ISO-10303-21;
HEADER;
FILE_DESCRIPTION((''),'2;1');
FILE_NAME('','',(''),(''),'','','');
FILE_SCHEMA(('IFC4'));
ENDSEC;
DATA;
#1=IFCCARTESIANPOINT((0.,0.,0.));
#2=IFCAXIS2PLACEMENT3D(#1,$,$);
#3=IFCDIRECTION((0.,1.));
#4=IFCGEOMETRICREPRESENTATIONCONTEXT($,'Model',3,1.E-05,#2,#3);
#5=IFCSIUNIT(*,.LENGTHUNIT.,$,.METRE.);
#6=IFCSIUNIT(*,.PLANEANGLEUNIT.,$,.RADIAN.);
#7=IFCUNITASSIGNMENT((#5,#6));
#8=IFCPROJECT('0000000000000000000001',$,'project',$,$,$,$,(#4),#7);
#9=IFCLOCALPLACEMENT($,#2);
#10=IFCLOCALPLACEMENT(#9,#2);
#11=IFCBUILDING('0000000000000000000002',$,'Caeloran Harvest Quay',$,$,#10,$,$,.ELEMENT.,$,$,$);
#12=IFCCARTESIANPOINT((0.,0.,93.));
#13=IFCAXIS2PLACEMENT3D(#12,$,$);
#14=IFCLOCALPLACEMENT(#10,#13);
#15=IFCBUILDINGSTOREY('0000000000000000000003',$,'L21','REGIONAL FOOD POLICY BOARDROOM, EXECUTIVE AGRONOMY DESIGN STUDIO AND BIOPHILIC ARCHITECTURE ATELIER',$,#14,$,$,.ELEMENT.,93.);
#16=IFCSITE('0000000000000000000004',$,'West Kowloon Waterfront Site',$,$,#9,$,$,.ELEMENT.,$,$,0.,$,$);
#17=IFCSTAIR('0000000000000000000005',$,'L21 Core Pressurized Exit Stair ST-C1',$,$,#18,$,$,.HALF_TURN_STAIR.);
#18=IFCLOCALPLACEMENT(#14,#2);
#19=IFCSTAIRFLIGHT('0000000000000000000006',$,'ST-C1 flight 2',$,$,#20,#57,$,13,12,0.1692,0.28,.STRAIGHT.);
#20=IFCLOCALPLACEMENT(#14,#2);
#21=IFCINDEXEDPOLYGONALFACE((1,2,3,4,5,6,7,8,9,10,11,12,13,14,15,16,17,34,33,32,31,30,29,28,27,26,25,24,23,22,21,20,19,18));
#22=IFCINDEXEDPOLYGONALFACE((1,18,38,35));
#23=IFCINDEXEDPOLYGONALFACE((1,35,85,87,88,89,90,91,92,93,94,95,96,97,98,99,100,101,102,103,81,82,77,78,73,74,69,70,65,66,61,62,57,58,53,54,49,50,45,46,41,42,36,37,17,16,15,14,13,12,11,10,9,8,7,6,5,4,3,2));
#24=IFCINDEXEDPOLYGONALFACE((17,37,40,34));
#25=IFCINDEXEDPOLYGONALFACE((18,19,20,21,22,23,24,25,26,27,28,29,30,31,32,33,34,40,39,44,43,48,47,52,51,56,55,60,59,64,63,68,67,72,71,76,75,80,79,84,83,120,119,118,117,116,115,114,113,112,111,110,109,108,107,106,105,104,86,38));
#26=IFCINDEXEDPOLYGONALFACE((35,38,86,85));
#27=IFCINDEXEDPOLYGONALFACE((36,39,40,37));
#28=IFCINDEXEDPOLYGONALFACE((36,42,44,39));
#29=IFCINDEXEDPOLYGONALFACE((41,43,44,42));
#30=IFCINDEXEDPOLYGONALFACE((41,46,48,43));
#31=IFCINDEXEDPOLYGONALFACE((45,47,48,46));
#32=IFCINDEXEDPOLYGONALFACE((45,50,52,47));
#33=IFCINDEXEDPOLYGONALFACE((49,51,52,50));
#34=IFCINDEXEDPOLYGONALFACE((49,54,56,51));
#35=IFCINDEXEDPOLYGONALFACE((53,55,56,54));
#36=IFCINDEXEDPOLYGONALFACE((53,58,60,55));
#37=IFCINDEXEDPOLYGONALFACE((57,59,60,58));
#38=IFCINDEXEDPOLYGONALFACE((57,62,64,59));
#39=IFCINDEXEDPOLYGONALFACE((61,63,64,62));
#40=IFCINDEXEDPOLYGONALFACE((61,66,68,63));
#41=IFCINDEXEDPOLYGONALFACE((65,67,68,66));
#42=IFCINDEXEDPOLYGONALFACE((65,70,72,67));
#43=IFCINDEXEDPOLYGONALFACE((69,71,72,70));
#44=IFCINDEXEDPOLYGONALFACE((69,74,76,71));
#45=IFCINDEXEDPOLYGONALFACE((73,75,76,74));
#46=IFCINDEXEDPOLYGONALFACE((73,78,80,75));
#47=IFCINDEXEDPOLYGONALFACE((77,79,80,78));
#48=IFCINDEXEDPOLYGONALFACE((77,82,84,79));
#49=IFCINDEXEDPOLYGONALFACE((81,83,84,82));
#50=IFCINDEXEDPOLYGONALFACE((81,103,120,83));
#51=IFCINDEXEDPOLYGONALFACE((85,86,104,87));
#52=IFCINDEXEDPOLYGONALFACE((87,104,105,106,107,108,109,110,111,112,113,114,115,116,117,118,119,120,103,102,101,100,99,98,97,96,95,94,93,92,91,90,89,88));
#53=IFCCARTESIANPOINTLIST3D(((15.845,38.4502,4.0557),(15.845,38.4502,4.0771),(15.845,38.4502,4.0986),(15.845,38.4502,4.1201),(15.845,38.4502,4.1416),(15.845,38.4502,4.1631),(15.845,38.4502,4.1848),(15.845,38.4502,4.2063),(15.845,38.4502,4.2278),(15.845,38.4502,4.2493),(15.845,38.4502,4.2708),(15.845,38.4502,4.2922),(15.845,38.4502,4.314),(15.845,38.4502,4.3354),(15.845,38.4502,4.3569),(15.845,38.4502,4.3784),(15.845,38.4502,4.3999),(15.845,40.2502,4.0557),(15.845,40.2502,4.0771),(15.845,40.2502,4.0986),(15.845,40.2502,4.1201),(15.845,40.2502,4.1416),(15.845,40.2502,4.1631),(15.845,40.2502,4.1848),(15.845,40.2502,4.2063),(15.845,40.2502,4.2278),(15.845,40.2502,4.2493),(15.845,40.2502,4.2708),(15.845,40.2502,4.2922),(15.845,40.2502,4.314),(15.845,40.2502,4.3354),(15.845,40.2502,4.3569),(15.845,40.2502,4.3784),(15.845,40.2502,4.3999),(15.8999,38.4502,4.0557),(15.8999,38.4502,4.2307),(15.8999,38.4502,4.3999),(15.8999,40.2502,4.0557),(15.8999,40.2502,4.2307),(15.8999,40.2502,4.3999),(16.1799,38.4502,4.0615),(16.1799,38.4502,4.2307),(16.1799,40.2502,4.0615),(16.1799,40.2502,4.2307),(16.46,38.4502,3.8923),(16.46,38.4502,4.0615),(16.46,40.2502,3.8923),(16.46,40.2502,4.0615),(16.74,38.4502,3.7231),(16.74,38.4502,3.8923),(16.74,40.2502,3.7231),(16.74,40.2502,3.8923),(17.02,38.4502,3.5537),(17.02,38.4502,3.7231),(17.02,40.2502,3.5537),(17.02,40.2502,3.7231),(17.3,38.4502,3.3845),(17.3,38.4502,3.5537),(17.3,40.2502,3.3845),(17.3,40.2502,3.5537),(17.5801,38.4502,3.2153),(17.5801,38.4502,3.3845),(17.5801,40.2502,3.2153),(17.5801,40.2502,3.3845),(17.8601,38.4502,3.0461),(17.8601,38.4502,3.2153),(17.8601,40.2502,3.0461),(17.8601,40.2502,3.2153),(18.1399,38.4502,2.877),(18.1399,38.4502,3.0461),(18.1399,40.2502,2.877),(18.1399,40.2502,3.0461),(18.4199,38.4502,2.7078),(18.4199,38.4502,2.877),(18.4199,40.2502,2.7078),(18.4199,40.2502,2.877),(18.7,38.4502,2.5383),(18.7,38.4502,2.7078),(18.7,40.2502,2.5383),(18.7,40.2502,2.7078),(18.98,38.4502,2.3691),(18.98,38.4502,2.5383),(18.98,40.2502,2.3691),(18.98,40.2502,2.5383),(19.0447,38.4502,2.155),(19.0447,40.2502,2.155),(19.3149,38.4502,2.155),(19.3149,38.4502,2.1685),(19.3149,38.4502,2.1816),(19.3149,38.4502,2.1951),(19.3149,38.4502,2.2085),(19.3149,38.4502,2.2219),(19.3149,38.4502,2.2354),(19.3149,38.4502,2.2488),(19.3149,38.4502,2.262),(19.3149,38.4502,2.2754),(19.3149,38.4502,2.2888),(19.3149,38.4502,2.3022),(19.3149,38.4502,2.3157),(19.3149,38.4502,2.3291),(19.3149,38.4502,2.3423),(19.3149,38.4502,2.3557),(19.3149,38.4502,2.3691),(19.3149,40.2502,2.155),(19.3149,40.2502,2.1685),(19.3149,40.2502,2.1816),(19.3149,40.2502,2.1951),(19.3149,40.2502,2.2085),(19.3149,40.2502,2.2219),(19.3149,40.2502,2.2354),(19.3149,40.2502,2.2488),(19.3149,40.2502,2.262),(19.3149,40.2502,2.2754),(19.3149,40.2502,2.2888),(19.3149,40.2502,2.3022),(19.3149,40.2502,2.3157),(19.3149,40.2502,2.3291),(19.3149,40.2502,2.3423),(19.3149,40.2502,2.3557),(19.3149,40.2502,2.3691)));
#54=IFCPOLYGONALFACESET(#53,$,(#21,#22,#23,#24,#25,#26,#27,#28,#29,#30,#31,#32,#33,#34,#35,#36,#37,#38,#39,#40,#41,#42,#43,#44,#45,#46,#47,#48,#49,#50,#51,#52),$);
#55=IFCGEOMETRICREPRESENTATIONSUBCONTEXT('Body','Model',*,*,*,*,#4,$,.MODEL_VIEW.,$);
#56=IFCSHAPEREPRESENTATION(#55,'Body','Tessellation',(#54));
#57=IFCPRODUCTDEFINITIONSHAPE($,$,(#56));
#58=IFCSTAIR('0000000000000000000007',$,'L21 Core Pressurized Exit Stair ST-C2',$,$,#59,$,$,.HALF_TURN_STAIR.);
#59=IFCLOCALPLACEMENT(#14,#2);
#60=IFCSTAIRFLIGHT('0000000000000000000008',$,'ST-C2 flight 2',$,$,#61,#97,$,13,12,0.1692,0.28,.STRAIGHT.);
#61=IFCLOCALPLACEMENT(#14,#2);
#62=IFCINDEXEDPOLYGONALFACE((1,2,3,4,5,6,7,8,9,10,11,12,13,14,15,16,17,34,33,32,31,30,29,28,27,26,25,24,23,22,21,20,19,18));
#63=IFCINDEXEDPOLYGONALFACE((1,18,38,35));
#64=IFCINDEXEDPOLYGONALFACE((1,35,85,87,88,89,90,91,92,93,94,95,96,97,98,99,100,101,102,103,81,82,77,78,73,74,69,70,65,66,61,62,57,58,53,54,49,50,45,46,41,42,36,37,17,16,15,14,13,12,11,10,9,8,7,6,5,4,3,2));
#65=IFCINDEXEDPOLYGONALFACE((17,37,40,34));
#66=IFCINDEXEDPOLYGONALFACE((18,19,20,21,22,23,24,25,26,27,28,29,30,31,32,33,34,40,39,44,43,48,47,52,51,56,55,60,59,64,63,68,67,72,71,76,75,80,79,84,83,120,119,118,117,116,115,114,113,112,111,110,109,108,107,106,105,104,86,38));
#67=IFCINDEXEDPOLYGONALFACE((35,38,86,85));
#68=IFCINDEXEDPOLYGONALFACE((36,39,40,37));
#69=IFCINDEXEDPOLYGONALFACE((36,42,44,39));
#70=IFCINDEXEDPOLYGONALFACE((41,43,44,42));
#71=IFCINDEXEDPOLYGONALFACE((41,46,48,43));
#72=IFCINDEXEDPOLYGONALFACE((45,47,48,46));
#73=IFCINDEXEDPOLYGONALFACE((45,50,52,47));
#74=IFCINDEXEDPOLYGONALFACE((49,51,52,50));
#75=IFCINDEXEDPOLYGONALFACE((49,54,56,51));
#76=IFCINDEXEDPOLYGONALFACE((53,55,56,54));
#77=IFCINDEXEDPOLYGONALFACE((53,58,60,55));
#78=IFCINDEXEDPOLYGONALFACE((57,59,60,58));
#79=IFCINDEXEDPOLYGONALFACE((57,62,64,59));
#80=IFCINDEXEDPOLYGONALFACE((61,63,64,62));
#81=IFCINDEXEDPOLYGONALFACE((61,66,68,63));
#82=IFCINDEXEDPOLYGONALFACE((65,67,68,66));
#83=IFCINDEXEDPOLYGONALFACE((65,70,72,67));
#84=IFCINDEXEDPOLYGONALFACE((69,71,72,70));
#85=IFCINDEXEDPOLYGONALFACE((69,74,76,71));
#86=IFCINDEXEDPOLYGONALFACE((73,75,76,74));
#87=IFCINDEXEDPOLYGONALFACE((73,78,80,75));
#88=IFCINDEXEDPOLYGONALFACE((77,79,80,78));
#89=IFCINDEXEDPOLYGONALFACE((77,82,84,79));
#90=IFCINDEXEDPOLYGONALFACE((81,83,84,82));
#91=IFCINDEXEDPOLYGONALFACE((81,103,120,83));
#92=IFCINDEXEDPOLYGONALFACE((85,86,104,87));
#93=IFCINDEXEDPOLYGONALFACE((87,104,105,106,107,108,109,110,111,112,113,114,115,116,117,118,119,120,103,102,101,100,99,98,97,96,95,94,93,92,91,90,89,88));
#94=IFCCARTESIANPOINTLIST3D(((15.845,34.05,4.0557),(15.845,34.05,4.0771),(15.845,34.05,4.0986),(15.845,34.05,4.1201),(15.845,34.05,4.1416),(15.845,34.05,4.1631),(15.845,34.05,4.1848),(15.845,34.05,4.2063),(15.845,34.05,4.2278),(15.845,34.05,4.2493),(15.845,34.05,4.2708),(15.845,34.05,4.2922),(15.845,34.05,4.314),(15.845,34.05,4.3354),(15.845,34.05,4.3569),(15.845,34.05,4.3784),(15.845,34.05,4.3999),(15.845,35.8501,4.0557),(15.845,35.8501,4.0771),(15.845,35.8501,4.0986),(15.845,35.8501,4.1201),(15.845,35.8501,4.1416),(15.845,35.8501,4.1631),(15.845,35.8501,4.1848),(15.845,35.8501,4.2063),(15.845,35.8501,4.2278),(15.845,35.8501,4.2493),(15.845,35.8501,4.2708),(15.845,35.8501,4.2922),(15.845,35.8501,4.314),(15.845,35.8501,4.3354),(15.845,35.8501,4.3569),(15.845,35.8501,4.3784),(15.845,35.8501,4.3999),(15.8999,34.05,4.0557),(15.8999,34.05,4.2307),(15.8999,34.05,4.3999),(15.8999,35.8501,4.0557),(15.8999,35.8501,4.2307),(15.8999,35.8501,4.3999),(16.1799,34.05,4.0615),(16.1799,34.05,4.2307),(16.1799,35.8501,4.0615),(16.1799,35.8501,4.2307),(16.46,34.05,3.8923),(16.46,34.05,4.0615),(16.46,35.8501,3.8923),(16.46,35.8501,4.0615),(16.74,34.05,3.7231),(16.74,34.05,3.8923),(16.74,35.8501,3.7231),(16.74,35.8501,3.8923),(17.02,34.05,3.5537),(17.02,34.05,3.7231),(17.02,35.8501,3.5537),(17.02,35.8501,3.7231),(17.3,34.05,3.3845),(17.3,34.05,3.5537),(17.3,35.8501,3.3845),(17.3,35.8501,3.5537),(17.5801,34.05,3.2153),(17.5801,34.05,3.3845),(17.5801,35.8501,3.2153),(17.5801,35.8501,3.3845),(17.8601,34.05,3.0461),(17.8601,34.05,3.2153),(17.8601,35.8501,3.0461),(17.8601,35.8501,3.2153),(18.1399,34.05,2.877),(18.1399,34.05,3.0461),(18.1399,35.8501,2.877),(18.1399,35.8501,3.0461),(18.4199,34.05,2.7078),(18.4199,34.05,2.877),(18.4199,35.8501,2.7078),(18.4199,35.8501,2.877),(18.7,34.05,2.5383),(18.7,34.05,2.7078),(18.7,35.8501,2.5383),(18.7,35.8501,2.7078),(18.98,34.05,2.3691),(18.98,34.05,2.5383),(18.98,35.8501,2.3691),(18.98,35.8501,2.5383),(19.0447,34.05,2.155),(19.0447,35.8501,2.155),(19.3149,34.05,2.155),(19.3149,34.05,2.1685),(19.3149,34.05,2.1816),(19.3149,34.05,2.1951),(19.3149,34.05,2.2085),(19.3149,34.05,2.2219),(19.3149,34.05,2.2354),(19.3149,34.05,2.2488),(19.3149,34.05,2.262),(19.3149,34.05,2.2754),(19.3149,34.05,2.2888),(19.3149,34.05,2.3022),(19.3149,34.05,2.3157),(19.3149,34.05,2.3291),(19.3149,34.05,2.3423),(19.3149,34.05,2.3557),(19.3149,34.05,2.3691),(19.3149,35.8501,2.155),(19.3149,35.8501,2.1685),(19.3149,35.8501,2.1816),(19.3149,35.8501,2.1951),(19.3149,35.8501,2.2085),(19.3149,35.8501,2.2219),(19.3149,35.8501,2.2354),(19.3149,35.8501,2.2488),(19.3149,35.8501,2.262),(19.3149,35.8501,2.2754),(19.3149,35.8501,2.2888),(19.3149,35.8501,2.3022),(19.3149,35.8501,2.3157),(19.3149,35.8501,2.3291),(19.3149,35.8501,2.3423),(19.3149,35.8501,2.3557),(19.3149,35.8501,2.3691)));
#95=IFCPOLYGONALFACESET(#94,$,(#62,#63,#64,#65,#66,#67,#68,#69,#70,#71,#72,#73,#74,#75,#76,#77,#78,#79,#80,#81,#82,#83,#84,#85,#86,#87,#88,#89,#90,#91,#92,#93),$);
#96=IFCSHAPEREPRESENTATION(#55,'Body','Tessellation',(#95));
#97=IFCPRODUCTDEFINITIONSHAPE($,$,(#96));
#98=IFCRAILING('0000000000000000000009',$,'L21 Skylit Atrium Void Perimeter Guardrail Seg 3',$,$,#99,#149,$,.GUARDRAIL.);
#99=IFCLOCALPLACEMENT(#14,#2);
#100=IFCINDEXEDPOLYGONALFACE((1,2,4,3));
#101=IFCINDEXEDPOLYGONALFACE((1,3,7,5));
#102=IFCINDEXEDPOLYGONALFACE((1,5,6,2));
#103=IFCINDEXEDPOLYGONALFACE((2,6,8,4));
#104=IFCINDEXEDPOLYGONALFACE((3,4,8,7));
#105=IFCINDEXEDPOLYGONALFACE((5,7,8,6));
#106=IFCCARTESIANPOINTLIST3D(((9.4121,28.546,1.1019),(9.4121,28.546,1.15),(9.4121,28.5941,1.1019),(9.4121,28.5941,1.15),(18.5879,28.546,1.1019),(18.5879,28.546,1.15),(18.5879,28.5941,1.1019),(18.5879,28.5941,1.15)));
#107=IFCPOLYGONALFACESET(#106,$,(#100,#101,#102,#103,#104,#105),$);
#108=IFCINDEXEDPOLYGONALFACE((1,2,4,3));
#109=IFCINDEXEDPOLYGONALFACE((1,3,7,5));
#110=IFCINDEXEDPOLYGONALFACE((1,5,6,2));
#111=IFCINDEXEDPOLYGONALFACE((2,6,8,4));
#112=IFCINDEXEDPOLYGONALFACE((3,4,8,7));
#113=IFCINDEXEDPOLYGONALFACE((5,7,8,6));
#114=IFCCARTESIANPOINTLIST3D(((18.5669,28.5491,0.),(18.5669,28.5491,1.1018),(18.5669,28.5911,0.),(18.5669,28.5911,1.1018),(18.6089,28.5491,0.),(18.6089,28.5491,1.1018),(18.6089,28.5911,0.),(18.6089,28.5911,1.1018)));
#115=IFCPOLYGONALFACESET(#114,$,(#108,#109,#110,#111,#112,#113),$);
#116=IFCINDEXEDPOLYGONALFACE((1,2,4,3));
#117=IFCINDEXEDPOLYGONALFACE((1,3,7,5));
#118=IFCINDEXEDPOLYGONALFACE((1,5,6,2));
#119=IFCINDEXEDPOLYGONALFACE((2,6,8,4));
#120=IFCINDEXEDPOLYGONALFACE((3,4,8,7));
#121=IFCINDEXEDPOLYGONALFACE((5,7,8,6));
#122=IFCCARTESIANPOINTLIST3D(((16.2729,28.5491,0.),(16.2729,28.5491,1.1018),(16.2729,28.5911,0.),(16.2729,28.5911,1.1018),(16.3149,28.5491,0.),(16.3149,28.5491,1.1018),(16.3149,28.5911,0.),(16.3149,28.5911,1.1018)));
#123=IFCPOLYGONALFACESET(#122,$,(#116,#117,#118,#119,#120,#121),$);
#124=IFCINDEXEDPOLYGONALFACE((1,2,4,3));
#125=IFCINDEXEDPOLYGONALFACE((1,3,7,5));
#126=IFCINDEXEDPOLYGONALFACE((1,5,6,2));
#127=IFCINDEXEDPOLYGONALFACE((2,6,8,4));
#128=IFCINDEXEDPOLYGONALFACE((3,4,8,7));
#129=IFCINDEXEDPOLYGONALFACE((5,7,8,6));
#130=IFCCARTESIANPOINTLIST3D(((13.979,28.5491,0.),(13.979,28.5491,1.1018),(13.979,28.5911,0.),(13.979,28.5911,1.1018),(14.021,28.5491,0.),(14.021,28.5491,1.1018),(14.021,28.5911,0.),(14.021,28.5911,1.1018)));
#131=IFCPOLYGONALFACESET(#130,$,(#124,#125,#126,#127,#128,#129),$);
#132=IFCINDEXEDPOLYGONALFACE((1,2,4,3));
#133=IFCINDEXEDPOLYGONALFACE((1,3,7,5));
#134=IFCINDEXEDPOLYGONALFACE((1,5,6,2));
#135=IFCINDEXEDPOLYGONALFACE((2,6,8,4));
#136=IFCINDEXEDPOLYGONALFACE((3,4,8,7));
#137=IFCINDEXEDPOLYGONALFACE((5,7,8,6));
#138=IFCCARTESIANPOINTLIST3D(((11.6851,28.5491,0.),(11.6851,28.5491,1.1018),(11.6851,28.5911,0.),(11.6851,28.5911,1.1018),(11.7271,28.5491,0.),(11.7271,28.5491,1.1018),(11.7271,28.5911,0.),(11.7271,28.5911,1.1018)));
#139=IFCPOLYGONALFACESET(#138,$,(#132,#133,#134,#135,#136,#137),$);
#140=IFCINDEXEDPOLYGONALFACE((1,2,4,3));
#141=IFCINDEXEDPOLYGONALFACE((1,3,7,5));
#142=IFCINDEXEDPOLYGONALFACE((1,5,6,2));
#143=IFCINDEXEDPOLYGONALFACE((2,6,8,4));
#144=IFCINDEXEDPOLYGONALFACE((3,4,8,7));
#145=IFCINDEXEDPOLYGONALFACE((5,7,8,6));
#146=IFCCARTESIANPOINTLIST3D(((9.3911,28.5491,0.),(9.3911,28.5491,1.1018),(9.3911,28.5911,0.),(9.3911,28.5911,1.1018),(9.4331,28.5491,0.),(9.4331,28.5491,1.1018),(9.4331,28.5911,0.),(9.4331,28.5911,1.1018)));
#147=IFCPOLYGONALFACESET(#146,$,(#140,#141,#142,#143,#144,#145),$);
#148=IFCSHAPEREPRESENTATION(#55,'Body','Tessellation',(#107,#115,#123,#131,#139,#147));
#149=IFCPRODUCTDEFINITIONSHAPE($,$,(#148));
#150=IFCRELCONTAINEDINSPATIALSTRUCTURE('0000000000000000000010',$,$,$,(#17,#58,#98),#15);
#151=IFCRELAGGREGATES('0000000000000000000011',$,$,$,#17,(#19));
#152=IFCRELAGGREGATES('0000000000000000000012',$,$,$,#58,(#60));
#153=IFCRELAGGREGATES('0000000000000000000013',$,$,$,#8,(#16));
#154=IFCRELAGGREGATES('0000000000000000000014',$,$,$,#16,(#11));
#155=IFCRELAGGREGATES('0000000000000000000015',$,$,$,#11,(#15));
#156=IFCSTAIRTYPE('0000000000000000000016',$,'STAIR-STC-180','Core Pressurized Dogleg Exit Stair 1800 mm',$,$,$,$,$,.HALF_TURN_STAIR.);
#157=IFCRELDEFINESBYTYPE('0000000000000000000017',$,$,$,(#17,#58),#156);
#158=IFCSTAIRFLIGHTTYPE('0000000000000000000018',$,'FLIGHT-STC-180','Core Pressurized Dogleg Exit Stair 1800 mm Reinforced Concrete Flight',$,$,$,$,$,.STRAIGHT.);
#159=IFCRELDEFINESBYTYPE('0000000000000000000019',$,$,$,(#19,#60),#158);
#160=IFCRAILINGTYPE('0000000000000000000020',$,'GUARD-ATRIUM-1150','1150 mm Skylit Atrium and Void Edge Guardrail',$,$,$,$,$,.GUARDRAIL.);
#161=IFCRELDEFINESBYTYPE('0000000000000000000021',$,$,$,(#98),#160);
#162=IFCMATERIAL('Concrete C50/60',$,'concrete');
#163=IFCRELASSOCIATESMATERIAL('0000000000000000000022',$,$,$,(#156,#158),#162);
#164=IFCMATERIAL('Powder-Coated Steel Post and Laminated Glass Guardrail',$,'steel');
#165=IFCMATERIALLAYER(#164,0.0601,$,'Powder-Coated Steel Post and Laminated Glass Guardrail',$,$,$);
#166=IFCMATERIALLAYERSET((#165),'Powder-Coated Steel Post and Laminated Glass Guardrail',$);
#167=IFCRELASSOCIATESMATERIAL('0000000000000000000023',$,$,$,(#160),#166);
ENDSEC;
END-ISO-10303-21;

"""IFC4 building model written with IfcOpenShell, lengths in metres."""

from ifc_helpers import new_model, si_unit, direction, frame, origin, origin_2d, place, context, subcontext, project, spatial, polyline, rectangle, outline, extrude, material, layer, layer_set, type_object, element, aggregate, save


model = new_model("IFC4")

# Units and contexts
model_context = context("Model", 3, precision=1e-05, world=origin(), true_north=direction((0.0, 1.0)))
body_context = subcontext(model_context, "Body", "Model", "MODEL_VIEW")
ifc_project = project(units=[si_unit("LENGTHUNIT", "METRE"), si_unit("PLANEANGLEUNIT", "RADIAN")], contexts=[model_context])

# Site, building, storey
site_placement = place(None, origin())
site = spatial("IfcSite", under=ifc_project, at=site_placement, Name="West Kowloon Waterfront Site", CompositionType="ELEMENT", RefElevation=0.0)
building_placement = place(site_placement, origin())
building = spatial("IfcBuilding", under=site, at=building_placement, Name="Caeloran Harvest Quay", CompositionType="ELEMENT")
storey_placement = place(building_placement, frame((0.0, 0.0, 93.0)))
storey = spatial("IfcBuildingStorey", under=building, at=storey_placement, Name="L21", Description="REGIONAL FOOD POLICY BOARDROOM, EXECUTIVE AGRONOMY DESIGN STUDIO AND BIOPHILIC ARCHITECTURE ATELIER", CompositionType="ELEMENT", Elevation=93.0)

# Shared definitions
ifc_material_1 = material(Name="Concrete C50/60", Category="concrete")

# Stairs, stair flights
stair_type = type_object("IfcStairType", Name="STAIR-STC-180", Description="Core Pressurized Dogleg Exit Stair 1800 mm", PredefinedType="HALF_TURN_STAIR", material=ifc_material_1)
stair_1_placement = place(storey_placement, origin())
stair_1 = element("IfcStair", 1, at=stair_1_placement, inside=storey, type_object=stair_type, Name="L21 Core Pressurized Exit Stair ST-C1", PredefinedType="HALF_TURN_STAIR")
stair_flight_type = type_object("IfcStairFlightType", Name="FLIGHT-STC-180", Description="Core Pressurized Dogleg Exit Stair 1800 mm Reinforced Concrete Flight", PredefinedType="STRAIGHT", material=ifc_material_1)
stair_flight_1_placement = place(storey_placement, frame((19.26, 39.3501, 2.2), z_axis=(0.0, 0.0, 1.0), x_axis=(-1.0, 0.0, 0.0)))
stair_flight_1 = element("IfcStairFlight", 2, at=stair_flight_1_placement, type_object=stair_flight_type, Name="ST-C1 flight 2", NumberOfRisers=13, NumberOfTreads=12, PredefinedType="STRAIGHT", RiserHeight=0.1692, TreadLength=0.28, context=body_context, shape_type="SweptSolid", body=[
    extrude(outline(polyline([(-0.0549, -0.0449), (-0.0549, -0.0315), (-0.0549, -0.0183), (-0.0549, -0.0049), (-0.0549, 0.0085), (-0.0549, 0.022), (-0.0549, 0.0354), (-0.0549, 0.0488), (-0.0549, 0.062), (-0.0549, 0.0754), (-0.0549, 0.0889), (-0.0549, 0.1023), (-0.0549, 0.1157), (-0.0549, 0.1292), (-0.0549, 0.1423), (-0.0549, 0.1558), (-0.0549, 0.1692), (0.28, 0.1692), (0.28, 0.3384), (0.5601, 0.3384), (0.5601, 0.5078), (0.8401, 0.5078), (0.8401, 0.677), (1.1201, 0.677), (1.1201, 0.8462), (1.3999, 0.8462), (1.3999, 1.0154), (1.6799, 1.0154), (1.6799, 1.1846), (1.96, 1.1846), (1.96, 1.3538), (2.24, 1.3538), (2.24, 1.5232), (2.52, 1.5232), (2.52, 1.6924), (2.8, 1.6924), (2.8, 1.8616), (3.0801, 1.8616), (3.0801, 2.0308), (3.3601, 2.0308), (3.3601, 2.2), (3.415, 2.2), (3.415, 2.1785), (3.415, 2.157), (3.415, 2.1355), (3.415, 2.114), (3.415, 2.0923), (3.415, 2.0708), (3.415, 2.0493), (3.415, 2.0278), (3.415, 2.0063), (3.415, 1.9849), (3.415, 1.9631), (3.415, 1.9417), (3.415, 1.9202), (3.415, 1.8987), (3.415, 1.8772), (3.415, 1.8557), (3.3601, 1.8557), (0.2153, -0.0449), (-0.0549, -0.0449)])), frame((0.0, 0.8999, 0.0), z_axis=(0.0, -1.0, 0.0), x_axis=(1.0, 0.0, 0.0)), (0.0, 0.0, 1.0), 1.8),
])
aggregate(stair_1, [stair_flight_1])
stair_2_placement = place(storey_placement, origin())
stair_2 = element("IfcStair", 3, at=stair_2_placement, inside=storey, type_object=stair_type, Name="L21 Core Pressurized Exit Stair ST-C2", PredefinedType="HALF_TURN_STAIR")
stair_flight_2_placement = place(storey_placement, frame((19.26, 34.95, 2.2), z_axis=(0.0, 0.0, 1.0), x_axis=(-1.0, 0.0, 0.0)))
stair_flight_2 = element("IfcStairFlight", 4, at=stair_flight_2_placement, type_object=stair_flight_type, Name="ST-C2 flight 2", NumberOfRisers=13, NumberOfTreads=12, PredefinedType="STRAIGHT", RiserHeight=0.1692, TreadLength=0.28, context=body_context, shape_type="SweptSolid", body=[
    extrude(outline(polyline([(-0.0549, -0.0449), (-0.0549, -0.0315), (-0.0549, -0.0183), (-0.0549, -0.0049), (-0.0549, 0.0085), (-0.0549, 0.022), (-0.0549, 0.0354), (-0.0549, 0.0488), (-0.0549, 0.062), (-0.0549, 0.0754), (-0.0549, 0.0889), (-0.0549, 0.1023), (-0.0549, 0.1157), (-0.0549, 0.1292), (-0.0549, 0.1423), (-0.0549, 0.1558), (-0.0549, 0.1692), (0.28, 0.1692), (0.28, 0.3384), (0.5601, 0.3384), (0.5601, 0.5078), (0.8401, 0.5078), (0.8401, 0.677), (1.1201, 0.677), (1.1201, 0.8462), (1.3999, 0.8462), (1.3999, 1.0154), (1.6799, 1.0154), (1.6799, 1.1846), (1.96, 1.1846), (1.96, 1.3538), (2.24, 1.3538), (2.24, 1.5232), (2.52, 1.5232), (2.52, 1.6924), (2.8, 1.6924), (2.8, 1.8616), (3.0801, 1.8616), (3.0801, 2.0308), (3.3601, 2.0308), (3.3601, 2.2), (3.415, 2.2), (3.415, 2.1785), (3.415, 2.157), (3.415, 2.1355), (3.415, 2.114), (3.415, 2.0923), (3.415, 2.0708), (3.415, 2.0493), (3.415, 2.0278), (3.415, 2.0063), (3.415, 1.9849), (3.415, 1.9631), (3.415, 1.9417), (3.415, 1.9202), (3.415, 1.8987), (3.415, 1.8772), (3.415, 1.8557), (3.3601, 1.8557), (0.2153, -0.0449), (-0.0549, -0.0449)])), frame((0.0, 0.8999, 0.0), z_axis=(0.0, -1.0, 0.0), x_axis=(1.0, 0.0, 0.0)), (0.0, 0.0, 1.0), 1.8),
])
aggregate(stair_2, [stair_flight_2])

# Railing
ifc_material_2 = material(Name="Powder-Coated Steel Post and Laminated Glass Guardrail", Category="steel")
ifc_layer_1 = layer(ifc_material_2, 0.0601, Name="Powder-Coated Steel Post and Laminated Glass Guardrail")
ifc_layer_set_1 = layer_set([ifc_layer_1], Name="Powder-Coated Steel Post and Laminated Glass Guardrail")
railing_type_1 = type_object("IfcRailingType", Name="GUARD-ATRIUM-1150", Description="1150 mm Skylit Atrium and Void Edge Guardrail", PredefinedType="GUARDRAIL", material=ifc_layer_set_1)
railing_1_placement = place(storey_placement, frame((18.5879, 28.5701, 0.0)))
element("IfcRailing", 5, at=railing_1_placement, inside=storey, type_object=railing_type_1, Name="L21 Skylit Atrium Void Perimeter Guardrail Seg 3", PredefinedType="GUARDRAIL", context=body_context, shape_type="SweptSolid", body=[
    extrude(rectangle(XDim=0.0481, YDim=0.0481, at=origin_2d()), frame((0.0, 0.0, 1.126), z_axis=(-1.0, 0.0, 0.0), x_axis=(0.0, -1.0, 0.0)), (0.0, 0.0, 1.0), 9.1758),
    extrude(rectangle(XDim=0.042, YDim=0.042, at=origin_2d()), origin(), (0.0, 0.0, 1.0), 1.1018),
    extrude(rectangle(XDim=0.042, YDim=0.042, at=origin_2d()), frame((-2.2939, 0.0, 0.0)), (0.0, 0.0, 1.0), 1.1018),
    extrude(rectangle(XDim=0.042, YDim=0.042, at=origin_2d()), frame((-4.5879, 0.0, 0.0)), (0.0, 0.0, 1.0), 1.1018),
    extrude(rectangle(XDim=0.042, YDim=0.042, at=origin_2d()), frame((-6.8818, 0.0, 0.0)), (0.0, 0.0, 1.0), 1.1018),
    extrude(rectangle(XDim=0.042, YDim=0.042, at=origin_2d()), frame((-9.1758, 0.0, 0.0)), (0.0, 0.0, 1.0), 1.1018),
])

save(model, "model.ifc")
